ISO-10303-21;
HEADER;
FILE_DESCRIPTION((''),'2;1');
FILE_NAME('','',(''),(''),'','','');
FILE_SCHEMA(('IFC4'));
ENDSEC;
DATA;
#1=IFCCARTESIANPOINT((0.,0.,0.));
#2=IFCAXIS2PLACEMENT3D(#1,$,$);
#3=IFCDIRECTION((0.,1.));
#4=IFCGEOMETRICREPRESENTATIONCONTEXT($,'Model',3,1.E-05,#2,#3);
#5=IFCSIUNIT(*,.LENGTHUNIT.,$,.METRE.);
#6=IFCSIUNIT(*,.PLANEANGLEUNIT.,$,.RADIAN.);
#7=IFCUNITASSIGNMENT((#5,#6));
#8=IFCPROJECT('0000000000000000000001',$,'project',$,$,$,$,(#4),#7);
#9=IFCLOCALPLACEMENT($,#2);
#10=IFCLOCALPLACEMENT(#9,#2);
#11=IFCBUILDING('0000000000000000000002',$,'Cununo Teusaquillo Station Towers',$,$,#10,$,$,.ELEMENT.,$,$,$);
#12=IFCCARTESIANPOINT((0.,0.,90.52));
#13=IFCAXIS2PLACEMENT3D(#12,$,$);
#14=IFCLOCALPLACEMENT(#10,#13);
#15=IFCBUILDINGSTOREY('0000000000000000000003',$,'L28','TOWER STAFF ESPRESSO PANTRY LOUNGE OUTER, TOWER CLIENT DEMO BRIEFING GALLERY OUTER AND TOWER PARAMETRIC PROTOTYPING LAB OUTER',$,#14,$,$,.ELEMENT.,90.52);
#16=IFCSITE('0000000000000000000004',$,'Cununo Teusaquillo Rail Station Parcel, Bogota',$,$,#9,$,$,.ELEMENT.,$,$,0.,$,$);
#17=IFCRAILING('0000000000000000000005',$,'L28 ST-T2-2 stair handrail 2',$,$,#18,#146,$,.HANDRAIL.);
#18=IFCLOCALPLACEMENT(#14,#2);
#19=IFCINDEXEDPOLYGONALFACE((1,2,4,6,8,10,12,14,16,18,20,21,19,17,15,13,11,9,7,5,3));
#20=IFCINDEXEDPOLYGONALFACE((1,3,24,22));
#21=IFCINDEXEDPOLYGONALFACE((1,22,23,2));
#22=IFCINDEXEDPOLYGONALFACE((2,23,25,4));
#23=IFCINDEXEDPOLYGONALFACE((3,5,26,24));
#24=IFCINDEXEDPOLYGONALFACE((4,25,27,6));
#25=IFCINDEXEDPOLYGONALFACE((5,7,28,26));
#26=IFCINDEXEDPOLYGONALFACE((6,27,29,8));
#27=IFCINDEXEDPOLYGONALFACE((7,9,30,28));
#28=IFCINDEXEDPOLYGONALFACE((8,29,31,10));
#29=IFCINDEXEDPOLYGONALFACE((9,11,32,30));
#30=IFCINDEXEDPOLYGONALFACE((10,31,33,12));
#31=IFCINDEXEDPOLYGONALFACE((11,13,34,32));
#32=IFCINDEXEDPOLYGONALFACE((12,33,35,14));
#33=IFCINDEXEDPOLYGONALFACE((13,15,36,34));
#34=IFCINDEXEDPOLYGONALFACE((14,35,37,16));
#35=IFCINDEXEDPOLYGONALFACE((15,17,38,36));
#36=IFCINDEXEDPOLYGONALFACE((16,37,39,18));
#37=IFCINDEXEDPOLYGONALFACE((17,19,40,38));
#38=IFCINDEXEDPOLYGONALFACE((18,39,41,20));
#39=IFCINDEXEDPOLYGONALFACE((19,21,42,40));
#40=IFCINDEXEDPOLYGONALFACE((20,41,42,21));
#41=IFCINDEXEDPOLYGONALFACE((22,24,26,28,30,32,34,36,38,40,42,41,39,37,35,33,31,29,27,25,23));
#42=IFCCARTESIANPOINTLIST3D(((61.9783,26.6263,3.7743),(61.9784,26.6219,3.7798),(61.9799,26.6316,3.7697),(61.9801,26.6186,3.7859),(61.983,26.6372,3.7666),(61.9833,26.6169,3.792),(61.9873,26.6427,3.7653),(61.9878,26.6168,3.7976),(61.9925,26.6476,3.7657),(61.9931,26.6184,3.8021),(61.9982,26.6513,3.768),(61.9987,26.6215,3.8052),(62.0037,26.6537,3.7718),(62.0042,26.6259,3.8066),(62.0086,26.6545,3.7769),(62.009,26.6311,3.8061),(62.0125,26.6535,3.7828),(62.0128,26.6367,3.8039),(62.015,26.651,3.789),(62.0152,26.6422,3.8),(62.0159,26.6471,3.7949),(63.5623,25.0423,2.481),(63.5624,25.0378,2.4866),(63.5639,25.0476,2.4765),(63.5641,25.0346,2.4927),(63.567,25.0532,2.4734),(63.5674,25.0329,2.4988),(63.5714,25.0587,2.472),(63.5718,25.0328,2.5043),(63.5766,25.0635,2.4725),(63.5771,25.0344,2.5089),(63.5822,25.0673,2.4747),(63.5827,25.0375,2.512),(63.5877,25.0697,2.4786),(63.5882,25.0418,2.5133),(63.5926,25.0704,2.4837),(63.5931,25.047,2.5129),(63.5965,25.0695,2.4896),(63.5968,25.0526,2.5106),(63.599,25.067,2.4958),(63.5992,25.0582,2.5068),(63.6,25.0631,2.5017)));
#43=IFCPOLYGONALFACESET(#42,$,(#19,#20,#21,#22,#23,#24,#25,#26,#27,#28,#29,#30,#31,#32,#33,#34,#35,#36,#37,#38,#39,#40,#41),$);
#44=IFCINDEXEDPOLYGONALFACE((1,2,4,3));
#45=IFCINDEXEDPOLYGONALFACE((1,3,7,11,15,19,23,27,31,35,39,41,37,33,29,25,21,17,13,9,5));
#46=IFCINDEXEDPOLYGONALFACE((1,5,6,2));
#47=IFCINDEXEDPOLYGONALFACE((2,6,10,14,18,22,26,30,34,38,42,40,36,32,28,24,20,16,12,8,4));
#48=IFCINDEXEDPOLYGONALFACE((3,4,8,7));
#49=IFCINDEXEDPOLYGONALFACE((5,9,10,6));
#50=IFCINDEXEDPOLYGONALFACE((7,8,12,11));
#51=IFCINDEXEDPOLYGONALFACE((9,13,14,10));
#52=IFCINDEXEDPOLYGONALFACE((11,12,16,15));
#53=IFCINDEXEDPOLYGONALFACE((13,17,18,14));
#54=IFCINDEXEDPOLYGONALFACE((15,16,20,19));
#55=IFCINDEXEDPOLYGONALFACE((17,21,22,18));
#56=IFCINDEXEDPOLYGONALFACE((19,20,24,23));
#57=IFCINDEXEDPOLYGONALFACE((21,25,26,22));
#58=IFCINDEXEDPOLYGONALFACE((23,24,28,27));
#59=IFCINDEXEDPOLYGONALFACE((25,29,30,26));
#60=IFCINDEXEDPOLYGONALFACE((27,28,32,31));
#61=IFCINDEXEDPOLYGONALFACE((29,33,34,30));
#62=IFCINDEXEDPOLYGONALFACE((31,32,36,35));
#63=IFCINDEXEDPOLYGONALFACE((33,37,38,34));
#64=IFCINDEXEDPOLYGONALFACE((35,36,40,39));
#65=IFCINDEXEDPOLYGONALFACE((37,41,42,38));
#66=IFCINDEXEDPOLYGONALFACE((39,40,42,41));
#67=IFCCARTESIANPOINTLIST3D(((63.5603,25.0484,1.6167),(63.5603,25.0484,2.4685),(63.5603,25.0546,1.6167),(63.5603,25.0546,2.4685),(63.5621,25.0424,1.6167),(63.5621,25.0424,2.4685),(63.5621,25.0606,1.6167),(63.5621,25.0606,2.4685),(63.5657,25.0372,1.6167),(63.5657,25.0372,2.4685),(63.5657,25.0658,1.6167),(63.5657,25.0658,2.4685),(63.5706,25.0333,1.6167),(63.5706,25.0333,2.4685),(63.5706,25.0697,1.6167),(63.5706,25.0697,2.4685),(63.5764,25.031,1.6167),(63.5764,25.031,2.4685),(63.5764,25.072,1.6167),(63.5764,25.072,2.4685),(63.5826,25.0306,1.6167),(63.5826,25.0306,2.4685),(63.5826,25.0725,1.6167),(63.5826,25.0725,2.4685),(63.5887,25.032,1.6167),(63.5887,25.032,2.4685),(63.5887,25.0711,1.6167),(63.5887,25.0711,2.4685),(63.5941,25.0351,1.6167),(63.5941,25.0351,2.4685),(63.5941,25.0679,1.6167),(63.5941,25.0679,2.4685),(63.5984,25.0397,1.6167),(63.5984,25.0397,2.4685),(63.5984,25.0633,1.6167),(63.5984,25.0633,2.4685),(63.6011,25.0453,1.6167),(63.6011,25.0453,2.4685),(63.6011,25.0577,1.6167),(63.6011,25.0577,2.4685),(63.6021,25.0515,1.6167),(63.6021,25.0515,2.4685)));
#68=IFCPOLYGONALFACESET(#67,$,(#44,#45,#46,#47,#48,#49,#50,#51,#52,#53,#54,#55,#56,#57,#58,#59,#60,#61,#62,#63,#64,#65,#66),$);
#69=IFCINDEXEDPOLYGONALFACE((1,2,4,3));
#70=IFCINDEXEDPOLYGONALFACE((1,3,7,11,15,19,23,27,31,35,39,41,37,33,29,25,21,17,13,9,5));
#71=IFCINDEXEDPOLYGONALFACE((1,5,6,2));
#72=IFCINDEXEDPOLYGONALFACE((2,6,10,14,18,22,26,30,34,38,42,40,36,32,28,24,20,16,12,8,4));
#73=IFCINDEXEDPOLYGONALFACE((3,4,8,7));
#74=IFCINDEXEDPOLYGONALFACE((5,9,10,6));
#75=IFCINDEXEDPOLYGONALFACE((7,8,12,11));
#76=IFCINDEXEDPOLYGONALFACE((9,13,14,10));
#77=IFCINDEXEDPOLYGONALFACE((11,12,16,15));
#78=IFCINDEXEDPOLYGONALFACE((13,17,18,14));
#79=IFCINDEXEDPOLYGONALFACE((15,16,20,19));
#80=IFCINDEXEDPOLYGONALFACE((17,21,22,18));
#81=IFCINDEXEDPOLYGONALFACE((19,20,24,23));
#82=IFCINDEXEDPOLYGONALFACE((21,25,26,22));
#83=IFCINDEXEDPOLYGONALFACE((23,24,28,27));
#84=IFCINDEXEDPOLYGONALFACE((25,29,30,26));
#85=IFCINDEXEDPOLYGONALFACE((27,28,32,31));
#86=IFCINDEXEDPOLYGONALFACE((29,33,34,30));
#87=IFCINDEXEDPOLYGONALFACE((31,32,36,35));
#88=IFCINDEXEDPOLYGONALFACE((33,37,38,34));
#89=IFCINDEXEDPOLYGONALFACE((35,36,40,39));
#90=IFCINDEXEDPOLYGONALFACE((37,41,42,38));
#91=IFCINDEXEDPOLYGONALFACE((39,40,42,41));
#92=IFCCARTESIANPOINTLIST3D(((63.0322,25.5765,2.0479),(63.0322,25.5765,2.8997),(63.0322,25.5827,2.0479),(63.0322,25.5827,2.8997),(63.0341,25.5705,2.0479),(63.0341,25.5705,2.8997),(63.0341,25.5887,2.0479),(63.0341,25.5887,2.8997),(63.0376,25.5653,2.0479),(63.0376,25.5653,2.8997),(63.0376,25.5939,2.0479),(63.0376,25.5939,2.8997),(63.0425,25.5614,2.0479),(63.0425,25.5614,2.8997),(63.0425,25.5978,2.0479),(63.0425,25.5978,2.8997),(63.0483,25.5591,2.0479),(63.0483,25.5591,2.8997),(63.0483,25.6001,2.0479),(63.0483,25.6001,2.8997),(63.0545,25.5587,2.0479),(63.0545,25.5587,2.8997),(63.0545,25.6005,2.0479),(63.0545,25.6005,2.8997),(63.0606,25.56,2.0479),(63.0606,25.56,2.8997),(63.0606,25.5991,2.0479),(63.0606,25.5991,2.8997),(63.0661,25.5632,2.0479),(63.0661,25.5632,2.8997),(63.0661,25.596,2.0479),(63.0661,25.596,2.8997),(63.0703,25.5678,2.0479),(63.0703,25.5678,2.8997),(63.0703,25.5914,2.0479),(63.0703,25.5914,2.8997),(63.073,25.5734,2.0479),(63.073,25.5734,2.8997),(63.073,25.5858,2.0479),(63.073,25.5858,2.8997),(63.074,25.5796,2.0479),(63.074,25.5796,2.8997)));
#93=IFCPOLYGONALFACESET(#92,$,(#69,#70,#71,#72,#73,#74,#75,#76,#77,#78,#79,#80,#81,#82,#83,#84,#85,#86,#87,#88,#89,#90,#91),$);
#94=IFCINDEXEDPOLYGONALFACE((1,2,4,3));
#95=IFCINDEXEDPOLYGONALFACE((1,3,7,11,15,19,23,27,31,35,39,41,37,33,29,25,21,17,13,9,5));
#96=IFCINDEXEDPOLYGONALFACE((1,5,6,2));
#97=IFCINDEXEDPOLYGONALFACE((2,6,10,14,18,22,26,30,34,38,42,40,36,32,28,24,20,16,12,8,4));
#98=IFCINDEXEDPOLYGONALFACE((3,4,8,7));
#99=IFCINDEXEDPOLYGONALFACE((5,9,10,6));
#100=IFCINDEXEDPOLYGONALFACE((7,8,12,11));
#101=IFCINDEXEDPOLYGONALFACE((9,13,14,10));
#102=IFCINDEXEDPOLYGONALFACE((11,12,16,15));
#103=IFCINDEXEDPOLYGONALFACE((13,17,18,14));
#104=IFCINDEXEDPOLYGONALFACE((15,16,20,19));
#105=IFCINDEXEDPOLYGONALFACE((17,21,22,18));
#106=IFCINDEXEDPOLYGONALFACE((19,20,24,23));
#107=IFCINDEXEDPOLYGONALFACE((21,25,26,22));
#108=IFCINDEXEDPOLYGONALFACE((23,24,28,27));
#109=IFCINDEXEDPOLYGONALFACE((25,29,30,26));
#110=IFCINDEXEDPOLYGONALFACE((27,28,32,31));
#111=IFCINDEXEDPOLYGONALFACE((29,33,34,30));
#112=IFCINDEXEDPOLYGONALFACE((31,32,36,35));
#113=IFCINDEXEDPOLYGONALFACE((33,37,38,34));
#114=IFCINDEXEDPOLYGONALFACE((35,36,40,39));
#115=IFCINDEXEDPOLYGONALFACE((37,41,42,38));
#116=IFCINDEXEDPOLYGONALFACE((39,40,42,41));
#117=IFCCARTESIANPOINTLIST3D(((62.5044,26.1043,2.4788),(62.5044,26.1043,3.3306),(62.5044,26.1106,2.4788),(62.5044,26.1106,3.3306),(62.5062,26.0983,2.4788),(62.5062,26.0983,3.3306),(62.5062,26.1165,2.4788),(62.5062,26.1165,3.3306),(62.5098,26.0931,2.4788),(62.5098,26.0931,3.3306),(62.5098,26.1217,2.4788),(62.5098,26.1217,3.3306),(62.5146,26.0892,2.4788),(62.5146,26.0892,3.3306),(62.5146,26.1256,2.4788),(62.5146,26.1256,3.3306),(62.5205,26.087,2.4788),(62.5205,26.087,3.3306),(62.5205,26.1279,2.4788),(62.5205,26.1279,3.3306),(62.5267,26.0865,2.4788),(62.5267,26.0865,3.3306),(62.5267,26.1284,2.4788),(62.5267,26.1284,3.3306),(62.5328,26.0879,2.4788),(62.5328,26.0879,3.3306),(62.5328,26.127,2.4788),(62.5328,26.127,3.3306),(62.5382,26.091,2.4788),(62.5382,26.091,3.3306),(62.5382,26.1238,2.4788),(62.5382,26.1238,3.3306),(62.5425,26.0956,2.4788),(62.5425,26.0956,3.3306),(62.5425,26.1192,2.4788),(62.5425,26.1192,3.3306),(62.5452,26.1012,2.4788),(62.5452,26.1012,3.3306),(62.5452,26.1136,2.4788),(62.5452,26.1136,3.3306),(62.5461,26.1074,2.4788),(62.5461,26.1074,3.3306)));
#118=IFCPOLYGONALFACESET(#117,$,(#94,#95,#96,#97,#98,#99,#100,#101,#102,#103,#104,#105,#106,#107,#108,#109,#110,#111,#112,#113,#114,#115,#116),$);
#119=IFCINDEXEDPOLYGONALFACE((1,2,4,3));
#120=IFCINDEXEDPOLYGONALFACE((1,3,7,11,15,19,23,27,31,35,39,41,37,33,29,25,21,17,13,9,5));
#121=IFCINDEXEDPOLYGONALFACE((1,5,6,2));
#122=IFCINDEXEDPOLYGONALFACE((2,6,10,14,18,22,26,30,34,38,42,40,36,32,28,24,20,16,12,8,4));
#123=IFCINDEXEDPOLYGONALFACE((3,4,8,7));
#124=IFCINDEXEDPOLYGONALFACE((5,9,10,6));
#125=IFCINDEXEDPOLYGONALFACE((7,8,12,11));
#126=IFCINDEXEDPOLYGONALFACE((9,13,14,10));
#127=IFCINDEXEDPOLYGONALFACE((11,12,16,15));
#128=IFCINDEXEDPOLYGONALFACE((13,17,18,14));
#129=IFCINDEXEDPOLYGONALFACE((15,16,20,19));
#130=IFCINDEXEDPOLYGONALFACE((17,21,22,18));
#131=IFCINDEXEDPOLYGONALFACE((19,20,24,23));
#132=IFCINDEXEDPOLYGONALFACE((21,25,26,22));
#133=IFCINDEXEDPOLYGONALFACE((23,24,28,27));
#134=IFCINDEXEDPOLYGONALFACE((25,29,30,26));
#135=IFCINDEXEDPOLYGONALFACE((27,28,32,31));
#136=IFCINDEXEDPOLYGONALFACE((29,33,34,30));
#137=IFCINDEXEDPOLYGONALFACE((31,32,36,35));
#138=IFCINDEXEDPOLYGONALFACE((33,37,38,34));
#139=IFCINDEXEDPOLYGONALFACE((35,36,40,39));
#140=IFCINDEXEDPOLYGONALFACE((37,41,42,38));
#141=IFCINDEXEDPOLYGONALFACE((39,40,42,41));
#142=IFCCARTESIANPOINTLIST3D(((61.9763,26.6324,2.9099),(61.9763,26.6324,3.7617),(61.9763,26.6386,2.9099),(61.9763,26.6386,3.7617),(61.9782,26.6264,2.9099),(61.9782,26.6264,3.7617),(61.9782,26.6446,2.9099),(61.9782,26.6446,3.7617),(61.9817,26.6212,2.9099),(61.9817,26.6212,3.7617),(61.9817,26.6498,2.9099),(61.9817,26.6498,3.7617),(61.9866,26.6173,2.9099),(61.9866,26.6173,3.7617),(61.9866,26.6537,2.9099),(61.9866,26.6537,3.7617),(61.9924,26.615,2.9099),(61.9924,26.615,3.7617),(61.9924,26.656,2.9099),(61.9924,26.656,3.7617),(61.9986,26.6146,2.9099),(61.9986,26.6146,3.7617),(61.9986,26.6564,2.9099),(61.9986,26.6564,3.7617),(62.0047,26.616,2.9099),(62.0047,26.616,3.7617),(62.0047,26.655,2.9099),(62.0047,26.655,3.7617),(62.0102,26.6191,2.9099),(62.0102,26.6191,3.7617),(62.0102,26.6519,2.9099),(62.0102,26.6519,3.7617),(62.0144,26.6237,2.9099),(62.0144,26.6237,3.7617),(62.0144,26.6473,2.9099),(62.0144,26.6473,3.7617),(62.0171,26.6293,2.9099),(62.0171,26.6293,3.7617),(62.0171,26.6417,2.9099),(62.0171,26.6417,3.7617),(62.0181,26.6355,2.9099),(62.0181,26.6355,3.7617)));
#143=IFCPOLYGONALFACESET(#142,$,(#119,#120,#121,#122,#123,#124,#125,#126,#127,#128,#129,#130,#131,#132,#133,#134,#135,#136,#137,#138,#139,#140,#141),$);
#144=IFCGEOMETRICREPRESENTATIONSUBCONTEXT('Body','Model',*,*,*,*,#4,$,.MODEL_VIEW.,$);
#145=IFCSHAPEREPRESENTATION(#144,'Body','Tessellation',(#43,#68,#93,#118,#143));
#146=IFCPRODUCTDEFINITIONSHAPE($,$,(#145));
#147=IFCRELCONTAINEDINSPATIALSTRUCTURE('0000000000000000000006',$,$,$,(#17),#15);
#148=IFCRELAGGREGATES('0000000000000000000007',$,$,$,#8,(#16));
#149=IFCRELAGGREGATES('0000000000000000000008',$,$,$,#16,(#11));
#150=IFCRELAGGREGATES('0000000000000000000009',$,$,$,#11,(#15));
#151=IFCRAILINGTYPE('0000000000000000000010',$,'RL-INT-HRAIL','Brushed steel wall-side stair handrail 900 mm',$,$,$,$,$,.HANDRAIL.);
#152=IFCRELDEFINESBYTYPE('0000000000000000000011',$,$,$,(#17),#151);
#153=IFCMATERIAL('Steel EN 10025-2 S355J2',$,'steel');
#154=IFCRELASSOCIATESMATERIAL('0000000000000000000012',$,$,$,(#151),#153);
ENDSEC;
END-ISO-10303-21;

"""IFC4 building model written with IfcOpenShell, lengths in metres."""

from ifc_helpers import new_model, si_unit, direction, frame, origin, origin_2d, place, context, subcontext, project, spatial, circle, extrude, material, type_object, element, save


model = new_model("IFC4")

# Units and contexts
model_context = context("Model", 3, precision=1e-05, world=origin(), true_north=direction((0.0, 1.0)))
body_context = subcontext(model_context, "Body", "Model", "MODEL_VIEW")
ifc_project = project(units=[si_unit("LENGTHUNIT", "METRE"), si_unit("PLANEANGLEUNIT", "RADIAN")], contexts=[model_context])

# Site, building, storey
site_placement = place(None, origin())
site = spatial("IfcSite", under=ifc_project, at=site_placement, Name="Cununo Teusaquillo Rail Station Parcel, Bogota", CompositionType="ELEMENT", RefElevation=0.0)
building_placement = place(site_placement, origin())
building = spatial("IfcBuilding", under=site, at=building_placement, Name="Cununo Teusaquillo Station Towers", CompositionType="ELEMENT")
storey_placement = place(building_placement, frame((0.0, 0.0, 90.52)))
storey = spatial("IfcBuildingStorey", under=building, at=storey_placement, Name="L28", Description="TOWER STAFF ESPRESSO PANTRY LOUNGE OUTER, TOWER CLIENT DEMO BRIEFING GALLERY OUTER AND TOWER PARAMETRIC PROTOTYPING LAB OUTER", CompositionType="ELEMENT", Elevation=90.52)

# Railing
ifc_material_1 = material(Name="Steel EN 10025-2 S355J2", Category="steel")
railing_type_1 = type_object("IfcRailingType", Name="RL-INT-HRAIL", Description="Brushed steel wall-side stair handrail 900 mm", PredefinedType="HANDRAIL", material=ifc_material_1)
railing_1_placement = place(storey_placement, frame((63.5811, 25.0515, 1.6167)))
element("IfcRailing", 1, at=railing_1_placement, inside=storey, type_object=railing_type_1, Name="L28 ST-T2-2 stair handrail 2", PredefinedType="HANDRAIL", context=body_context, shape_type="SweptSolid", body=[
    extrude(circle(Radius=0.0239, at=origin_2d()), frame((0.0, 0.0, 0.876), z_axis=(-0.612385, 0.612385, 0.49997), x_axis=(-0.707107, -0.707107, 0.0)), (0.0, 0.0, 1.0), 2.5867),
    extrude(circle(Radius=0.021, at=origin_2d()), origin(), (0.0, 0.0, 1.0), 0.8518),
    extrude(circle(Radius=0.021, at=origin_2d()), frame((-0.5281, 0.5281, 0.4312)), (0.0, 0.0, 1.0), 0.8518),
    extrude(circle(Radius=0.021, at=origin_2d()), frame((-1.0559, 1.0559, 0.8621)), (0.0, 0.0, 1.0), 0.8518),
    extrude(circle(Radius=0.021, at=origin_2d()), frame((-1.584, 1.584, 1.2932)), (0.0, 0.0, 1.0), 0.8518),
])

save(model, "model.ifc")
